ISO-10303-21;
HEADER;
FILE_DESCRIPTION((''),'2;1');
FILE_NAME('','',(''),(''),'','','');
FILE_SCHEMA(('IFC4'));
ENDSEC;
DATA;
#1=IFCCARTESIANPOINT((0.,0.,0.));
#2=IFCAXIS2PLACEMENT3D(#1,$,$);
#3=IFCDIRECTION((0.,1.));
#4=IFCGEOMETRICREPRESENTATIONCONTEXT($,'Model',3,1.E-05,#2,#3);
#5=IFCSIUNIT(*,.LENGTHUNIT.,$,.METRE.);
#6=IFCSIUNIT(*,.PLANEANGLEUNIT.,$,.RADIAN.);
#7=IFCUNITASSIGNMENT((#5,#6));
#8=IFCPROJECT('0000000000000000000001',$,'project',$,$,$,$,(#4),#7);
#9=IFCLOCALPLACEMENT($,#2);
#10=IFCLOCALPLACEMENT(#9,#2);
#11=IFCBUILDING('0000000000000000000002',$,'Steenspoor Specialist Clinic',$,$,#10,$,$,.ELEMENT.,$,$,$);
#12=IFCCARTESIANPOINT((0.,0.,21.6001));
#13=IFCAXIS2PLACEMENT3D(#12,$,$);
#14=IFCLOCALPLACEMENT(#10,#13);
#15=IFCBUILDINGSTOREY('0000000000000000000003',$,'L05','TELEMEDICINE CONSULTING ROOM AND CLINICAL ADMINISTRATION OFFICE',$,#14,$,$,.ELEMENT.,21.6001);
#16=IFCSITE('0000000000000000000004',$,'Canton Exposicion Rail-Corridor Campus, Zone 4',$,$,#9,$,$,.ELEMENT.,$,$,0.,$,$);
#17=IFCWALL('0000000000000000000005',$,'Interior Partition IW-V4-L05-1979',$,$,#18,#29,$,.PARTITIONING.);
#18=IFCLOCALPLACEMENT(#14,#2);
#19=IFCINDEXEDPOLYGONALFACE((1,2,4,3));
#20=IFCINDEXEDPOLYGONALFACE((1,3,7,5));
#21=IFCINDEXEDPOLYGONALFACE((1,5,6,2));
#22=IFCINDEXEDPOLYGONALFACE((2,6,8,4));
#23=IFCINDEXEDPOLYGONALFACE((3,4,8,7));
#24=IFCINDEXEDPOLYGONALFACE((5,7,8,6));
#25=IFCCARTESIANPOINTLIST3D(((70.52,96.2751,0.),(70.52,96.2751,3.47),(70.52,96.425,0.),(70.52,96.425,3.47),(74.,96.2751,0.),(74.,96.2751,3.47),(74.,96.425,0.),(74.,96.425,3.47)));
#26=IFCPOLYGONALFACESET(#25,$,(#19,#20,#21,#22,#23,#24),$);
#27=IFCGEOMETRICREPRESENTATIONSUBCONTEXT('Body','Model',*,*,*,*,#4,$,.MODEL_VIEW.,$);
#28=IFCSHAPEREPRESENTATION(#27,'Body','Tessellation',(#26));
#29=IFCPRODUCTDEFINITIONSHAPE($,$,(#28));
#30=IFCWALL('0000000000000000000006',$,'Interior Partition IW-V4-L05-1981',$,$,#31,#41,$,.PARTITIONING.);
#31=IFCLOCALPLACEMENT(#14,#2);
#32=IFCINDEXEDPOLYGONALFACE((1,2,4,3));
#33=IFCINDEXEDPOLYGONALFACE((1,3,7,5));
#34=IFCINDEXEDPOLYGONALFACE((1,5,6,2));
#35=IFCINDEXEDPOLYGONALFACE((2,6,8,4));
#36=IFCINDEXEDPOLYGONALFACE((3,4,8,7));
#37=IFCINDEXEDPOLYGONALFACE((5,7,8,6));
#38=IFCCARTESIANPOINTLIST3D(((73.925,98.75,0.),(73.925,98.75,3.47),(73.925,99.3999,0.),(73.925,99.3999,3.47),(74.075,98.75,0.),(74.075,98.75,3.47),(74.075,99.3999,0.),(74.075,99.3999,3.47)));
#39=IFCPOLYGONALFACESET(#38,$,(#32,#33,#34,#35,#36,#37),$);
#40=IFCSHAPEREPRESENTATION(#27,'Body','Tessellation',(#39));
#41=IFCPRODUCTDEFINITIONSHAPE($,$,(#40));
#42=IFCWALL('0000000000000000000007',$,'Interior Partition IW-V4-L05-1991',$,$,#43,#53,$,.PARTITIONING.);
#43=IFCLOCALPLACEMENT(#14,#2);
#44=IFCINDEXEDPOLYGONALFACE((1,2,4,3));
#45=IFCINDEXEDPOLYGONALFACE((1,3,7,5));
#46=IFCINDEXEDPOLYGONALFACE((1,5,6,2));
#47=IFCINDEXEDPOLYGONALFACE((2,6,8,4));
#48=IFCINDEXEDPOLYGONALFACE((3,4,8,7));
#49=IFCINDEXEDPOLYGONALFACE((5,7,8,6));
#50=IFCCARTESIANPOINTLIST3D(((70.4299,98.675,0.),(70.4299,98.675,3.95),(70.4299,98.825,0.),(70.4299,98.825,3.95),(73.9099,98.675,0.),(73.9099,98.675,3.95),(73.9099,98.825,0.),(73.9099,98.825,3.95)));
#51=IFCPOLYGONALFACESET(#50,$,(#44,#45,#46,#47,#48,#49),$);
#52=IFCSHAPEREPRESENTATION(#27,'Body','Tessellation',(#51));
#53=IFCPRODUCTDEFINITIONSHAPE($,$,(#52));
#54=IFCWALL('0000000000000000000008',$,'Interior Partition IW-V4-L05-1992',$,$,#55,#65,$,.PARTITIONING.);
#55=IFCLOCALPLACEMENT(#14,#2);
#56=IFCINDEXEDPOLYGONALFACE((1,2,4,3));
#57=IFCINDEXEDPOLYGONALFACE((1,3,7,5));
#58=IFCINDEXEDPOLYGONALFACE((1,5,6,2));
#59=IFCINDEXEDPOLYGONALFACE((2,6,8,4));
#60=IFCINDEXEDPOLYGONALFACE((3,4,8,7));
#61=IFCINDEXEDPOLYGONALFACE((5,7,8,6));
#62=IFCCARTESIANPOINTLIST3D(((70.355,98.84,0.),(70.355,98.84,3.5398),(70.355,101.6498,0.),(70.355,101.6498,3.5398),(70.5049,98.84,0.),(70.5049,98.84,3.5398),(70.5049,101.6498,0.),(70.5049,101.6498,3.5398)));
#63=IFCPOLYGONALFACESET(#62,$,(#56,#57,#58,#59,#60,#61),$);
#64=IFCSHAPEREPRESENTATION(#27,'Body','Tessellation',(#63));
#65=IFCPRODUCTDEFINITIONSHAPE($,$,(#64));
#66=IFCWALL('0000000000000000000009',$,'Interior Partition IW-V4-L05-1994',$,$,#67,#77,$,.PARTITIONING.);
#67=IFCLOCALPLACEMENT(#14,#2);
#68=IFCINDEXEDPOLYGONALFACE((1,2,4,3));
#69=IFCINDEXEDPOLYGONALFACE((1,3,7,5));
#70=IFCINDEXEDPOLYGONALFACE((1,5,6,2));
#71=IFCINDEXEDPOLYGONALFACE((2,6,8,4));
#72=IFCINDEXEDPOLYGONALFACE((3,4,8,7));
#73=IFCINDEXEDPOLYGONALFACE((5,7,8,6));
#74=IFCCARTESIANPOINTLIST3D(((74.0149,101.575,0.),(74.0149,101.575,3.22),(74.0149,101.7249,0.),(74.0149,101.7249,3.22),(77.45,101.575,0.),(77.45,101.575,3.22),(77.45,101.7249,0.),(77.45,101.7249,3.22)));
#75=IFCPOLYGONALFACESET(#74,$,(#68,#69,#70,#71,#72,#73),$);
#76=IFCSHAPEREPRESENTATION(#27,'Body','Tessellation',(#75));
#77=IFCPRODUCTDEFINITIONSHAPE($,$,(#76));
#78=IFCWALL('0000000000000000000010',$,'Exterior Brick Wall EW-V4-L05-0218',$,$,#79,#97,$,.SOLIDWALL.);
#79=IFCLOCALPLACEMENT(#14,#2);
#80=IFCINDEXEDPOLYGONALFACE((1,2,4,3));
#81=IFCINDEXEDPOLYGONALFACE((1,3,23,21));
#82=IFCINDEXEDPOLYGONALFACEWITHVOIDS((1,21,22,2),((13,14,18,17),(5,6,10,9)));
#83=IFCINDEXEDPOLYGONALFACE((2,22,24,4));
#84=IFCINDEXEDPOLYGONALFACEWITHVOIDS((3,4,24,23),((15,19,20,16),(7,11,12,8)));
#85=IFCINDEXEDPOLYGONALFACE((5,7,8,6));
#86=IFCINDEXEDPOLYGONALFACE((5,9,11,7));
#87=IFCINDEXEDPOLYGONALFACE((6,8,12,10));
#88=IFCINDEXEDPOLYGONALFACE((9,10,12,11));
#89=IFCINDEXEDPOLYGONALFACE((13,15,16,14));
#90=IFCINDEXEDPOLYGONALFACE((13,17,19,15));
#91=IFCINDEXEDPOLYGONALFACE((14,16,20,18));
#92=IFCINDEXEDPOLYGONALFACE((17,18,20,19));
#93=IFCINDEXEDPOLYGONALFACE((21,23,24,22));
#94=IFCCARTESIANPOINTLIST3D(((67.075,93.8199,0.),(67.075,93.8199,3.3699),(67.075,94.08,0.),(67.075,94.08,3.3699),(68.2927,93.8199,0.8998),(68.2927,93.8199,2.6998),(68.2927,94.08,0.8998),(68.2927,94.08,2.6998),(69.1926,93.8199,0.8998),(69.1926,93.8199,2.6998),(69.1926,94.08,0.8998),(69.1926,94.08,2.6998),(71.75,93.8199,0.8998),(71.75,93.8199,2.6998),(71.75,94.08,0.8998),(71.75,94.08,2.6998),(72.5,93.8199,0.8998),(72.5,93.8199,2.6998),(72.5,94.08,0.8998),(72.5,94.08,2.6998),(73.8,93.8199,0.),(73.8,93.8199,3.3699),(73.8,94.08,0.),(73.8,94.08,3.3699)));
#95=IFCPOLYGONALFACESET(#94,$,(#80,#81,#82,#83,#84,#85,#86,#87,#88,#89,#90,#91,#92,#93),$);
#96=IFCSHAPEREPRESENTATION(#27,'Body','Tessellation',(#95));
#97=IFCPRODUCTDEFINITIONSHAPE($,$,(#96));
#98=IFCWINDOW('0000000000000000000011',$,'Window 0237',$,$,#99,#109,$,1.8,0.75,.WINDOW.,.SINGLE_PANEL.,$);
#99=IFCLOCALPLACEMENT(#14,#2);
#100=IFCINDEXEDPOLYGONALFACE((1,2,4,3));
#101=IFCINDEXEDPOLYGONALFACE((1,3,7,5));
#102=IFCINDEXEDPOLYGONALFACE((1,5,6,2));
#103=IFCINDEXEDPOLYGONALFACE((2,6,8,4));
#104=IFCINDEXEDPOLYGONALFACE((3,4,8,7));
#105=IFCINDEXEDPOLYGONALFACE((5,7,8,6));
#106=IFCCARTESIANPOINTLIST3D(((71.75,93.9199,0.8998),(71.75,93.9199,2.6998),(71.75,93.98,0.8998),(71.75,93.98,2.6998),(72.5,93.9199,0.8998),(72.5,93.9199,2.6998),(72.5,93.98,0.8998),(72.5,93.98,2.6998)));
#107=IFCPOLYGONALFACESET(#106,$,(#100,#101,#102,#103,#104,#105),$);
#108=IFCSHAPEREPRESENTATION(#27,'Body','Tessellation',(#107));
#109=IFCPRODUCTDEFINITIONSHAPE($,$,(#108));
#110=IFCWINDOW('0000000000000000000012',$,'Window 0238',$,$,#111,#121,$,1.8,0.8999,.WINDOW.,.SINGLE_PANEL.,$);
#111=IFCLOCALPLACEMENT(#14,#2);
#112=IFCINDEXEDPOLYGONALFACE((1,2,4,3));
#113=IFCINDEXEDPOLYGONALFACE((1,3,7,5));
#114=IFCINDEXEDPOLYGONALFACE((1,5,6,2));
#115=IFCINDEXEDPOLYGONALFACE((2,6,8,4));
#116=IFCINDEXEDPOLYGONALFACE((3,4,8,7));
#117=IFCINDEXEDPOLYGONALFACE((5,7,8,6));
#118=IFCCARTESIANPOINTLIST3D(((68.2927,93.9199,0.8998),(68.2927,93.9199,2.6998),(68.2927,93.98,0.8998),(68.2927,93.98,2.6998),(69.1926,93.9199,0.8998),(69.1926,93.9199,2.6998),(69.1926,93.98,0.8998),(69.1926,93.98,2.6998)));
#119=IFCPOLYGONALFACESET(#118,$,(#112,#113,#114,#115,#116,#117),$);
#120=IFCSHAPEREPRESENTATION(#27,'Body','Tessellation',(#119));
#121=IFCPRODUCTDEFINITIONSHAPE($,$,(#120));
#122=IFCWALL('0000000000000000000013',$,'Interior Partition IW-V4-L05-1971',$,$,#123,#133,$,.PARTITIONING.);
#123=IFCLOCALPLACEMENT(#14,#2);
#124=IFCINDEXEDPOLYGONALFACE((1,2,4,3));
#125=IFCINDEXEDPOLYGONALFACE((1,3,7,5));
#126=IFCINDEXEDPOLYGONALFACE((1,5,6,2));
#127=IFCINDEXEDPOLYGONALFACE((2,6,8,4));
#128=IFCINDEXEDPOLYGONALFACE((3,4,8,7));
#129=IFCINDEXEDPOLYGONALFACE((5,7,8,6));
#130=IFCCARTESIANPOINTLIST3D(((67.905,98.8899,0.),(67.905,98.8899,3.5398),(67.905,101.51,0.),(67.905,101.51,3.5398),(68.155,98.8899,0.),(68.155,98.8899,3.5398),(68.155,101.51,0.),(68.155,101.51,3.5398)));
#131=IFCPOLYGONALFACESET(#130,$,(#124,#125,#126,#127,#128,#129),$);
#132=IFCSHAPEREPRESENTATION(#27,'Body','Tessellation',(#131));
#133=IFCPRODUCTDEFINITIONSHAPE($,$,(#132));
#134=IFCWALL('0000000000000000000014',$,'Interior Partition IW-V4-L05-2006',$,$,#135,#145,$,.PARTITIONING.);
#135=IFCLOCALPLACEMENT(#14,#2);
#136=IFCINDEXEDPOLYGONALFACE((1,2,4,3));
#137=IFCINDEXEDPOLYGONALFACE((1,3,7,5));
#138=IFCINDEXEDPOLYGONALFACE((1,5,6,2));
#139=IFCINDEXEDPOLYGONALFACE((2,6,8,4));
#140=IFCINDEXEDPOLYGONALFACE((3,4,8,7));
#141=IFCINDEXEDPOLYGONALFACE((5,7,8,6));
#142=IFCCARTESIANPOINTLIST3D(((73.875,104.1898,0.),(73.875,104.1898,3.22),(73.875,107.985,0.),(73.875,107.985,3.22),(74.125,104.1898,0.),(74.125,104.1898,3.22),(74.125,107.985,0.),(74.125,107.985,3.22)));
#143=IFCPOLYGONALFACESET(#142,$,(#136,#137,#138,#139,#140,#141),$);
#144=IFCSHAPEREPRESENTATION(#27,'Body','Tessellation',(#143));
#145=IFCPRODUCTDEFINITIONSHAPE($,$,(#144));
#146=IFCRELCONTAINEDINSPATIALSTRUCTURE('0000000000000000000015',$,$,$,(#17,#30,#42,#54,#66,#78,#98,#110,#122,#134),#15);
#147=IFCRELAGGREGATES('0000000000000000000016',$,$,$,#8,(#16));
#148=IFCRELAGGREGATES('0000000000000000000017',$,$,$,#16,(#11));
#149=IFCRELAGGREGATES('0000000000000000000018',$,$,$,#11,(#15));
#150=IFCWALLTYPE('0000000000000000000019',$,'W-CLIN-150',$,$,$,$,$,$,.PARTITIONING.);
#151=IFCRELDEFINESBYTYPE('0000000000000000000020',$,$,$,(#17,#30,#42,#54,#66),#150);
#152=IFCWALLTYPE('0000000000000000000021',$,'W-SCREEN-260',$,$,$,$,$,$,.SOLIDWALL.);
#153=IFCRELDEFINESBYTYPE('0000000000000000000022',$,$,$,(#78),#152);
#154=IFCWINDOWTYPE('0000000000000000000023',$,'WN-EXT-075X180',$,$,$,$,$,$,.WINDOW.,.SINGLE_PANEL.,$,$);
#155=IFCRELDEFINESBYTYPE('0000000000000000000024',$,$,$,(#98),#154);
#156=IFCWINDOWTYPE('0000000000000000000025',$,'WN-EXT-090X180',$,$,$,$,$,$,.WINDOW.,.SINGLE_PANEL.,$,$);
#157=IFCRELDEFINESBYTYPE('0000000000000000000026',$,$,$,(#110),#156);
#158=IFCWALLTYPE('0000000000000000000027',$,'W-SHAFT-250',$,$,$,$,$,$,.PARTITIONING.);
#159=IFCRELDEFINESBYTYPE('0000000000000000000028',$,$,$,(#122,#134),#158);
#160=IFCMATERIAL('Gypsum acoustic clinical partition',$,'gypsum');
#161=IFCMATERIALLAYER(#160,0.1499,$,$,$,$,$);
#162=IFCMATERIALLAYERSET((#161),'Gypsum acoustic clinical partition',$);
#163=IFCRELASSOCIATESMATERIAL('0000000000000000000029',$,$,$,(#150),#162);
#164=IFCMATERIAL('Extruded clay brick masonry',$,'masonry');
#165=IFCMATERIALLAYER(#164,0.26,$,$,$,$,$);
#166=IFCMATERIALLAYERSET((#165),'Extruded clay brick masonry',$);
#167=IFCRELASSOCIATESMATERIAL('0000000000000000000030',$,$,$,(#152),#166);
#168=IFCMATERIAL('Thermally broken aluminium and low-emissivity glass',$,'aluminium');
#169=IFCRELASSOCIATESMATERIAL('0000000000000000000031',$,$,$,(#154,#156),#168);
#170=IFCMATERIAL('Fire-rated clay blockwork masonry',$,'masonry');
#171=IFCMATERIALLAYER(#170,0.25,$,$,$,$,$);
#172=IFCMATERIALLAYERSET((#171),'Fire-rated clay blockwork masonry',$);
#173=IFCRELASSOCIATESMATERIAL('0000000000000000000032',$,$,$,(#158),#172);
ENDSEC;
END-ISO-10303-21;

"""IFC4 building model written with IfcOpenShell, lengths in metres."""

from ifc_helpers import new_model, si_unit, direction, frame, frame_2d, origin, place, context, subcontext, project, spatial, rectangle, extrude, material, layer, layer_set, type_object, element, fill, save


model = new_model("IFC4")

# Units and contexts
model_context = context("Model", 3, precision=1e-05, world=origin(), true_north=direction((0.0, 1.0)))
body_context = subcontext(model_context, "Body", "Model", "MODEL_VIEW")
ifc_project = project(units=[si_unit("LENGTHUNIT", "METRE"), si_unit("PLANEANGLEUNIT", "RADIAN")], contexts=[model_context])

# Site, building, storey
site_placement = place(None, origin())
site = spatial("IfcSite", under=ifc_project, at=site_placement, Name="Canton Exposicion Rail-Corridor Campus, Zone 4", CompositionType="ELEMENT", RefElevation=0.0)
building_placement = place(site_placement, origin())
building = spatial("IfcBuilding", under=site, at=building_placement, Name="Steenspoor Specialist Clinic", CompositionType="ELEMENT")
storey_placement = place(building_placement, frame((0.0, 0.0, 21.6001)))
storey = spatial("IfcBuildingStorey", under=building, at=storey_placement, Name="L05", Description="TELEMEDICINE CONSULTING ROOM AND CLINICAL ADMINISTRATION OFFICE", CompositionType="ELEMENT", Elevation=21.6001)

# Shared definitions
ifc_material_1 = material(Name="Thermally broken aluminium and low-emissivity glass", Category="aluminium")

# Walls
ifc_material_2 = material(Name="Gypsum acoustic clinical partition", Category="gypsum")
ifc_layer_1 = layer(ifc_material_2, 0.1499)
ifc_layer_set_1 = layer_set([ifc_layer_1], Name="Gypsum acoustic clinical partition")
wall_type_1 = type_object("IfcWallType", Name="W-CLIN-150", PredefinedType="PARTITIONING", material=ifc_layer_set_1)
wall_1_placement = place(storey_placement, frame((70.52, 96.3501, 0.0), z_axis=(0.0, 0.0, 1.0), x_axis=(1.0, 0.0, 0.0)))
element("IfcWall", 1, at=wall_1_placement, inside=storey, type_object=wall_type_1, Name="Interior Partition IW-V4-L05-1979", PredefinedType="PARTITIONING", context=body_context, shape_type="SweptSolid", body=[
    extrude(rectangle(XDim=3.48, YDim=0.1499, at=frame_2d((1.74, 0.0))), origin(), (0.0, 0.0, 1.0), 3.47),
])
wall_2_placement = place(storey_placement, frame((74.0, 98.75, 0.0), z_axis=(0.0, 0.0, 1.0), x_axis=(0.0, 1.0, 0.0)))
element("IfcWall", 2, at=wall_2_placement, inside=storey, type_object=wall_type_1, Name="Interior Partition IW-V4-L05-1981", PredefinedType="PARTITIONING", context=body_context, shape_type="SweptSolid", body=[
    extrude(rectangle(XDim=0.6499, YDim=0.1499, at=frame_2d((0.325, 0.0))), origin(), (0.0, 0.0, 1.0), 3.47),
])
wall_3_placement = place(storey_placement, frame((70.4299, 98.75, 0.0), z_axis=(0.0, 0.0, 1.0), x_axis=(1.0, 0.0, 0.0)))
element("IfcWall", 3, at=wall_3_placement, inside=storey, type_object=wall_type_1, Name="Interior Partition IW-V4-L05-1991", PredefinedType="PARTITIONING", context=body_context, shape_type="SweptSolid", body=[
    extrude(rectangle(XDim=3.48, YDim=0.1499, at=frame_2d((1.74, 0.0))), origin(), (0.0, 0.0, 1.0), 3.95),
])
wall_4_placement = place(storey_placement, frame((70.4299, 98.8401, 0.0), z_axis=(0.0, 0.0, 1.0), x_axis=(0.0, 1.0, 0.0)))
element("IfcWall", 4, at=wall_4_placement, inside=storey, type_object=wall_type_1, Name="Interior Partition IW-V4-L05-1992", PredefinedType="PARTITIONING", context=body_context, shape_type="SweptSolid", body=[
    extrude(rectangle(XDim=2.8098, YDim=0.1499, at=frame_2d((1.4048, 0.0))), origin(), (0.0, 0.0, 1.0), 3.5398),
])

# Wall
wall_5_placement = place(storey_placement, frame((74.0149, 101.6499, 0.0), z_axis=(0.0, 0.0, 1.0), x_axis=(1.0, 0.0, 0.0)))
element("IfcWall", 5, at=wall_5_placement, inside=storey, type_object=wall_type_1, Name="Interior Partition IW-V4-L05-1994", PredefinedType="PARTITIONING", context=body_context, shape_type="SweptSolid", body=[
    extrude(rectangle(XDim=3.4351, YDim=0.1499, at=frame_2d((1.7175, 0.0))), origin(), (0.0, 0.0, 1.0), 3.22),
])

# Wall, openings, windows
ifc_material_3 = material(Name="Extruded clay brick masonry", Category="masonry")
ifc_layer_2 = layer(ifc_material_3, 0.26)
ifc_layer_set_2 = layer_set([ifc_layer_2], Name="Extruded clay brick masonry")
wall_type_2 = type_object("IfcWallType", Name="W-SCREEN-260", PredefinedType="SOLIDWALL", material=ifc_layer_set_2)
wall_6_placement = place(storey_placement, frame((73.8, 93.95, 0.0), z_axis=(0.0, 0.0, 1.0), x_axis=(-1.0, 0.0, 0.0)))
wall_6 = element("IfcWall", 6, at=wall_6_placement, inside=storey, type_object=wall_type_2, Name="Exterior Brick Wall EW-V4-L05-0218", PredefinedType="SOLIDWALL", context=body_context, shape_type="SweptSolid", body=[
    extrude(rectangle(XDim=6.7251, YDim=0.26, at=frame_2d((3.3625, 0.0))), origin(), (0.0, 0.0, 1.0), 3.3699),
])
opening_1_placement = place(wall_6_placement, frame((1.3, 0.0, 0.8999)))
opening_1 = element("IfcOpeningElement", 7, at=opening_1_placement, cuts=wall_6, PredefinedType="OPENING", context=body_context, shape_type="SweptSolid", body=[
    extrude(rectangle(XDim=0.75, YDim=1.8, at=frame_2d((0.375, 0.8999))), frame((0.0, 0.1401, 0.0), z_axis=(0.0, -1.0, 0.0), x_axis=(1.0, 0.0, 0.0)), (0.0, 0.0, 1.0), 0.28),
])
opening_2_placement = place(wall_6_placement, frame((4.6074, 0.0, 0.8999)))
opening_2 = element("IfcOpeningElement", 8, at=opening_2_placement, cuts=wall_6, PredefinedType="OPENING", context=body_context, shape_type="SweptSolid", body=[
    extrude(rectangle(XDim=0.8999, YDim=1.8, at=frame_2d((0.45, 0.8999))), frame((0.0, 0.1401, 0.0), z_axis=(0.0, -1.0, 0.0), x_axis=(1.0, 0.0, 0.0)), (0.0, 0.0, 1.0), 0.28),
])
window_type_1 = type_object("IfcWindowType", Name="WN-EXT-075X180", PartitioningType="SINGLE_PANEL", PredefinedType="WINDOW", material=ifc_material_1)
window_1_placement = place(opening_1_placement, origin())
window_1 = element("IfcWindow", 9, at=window_1_placement, inside=storey, type_object=window_type_1, Name="Window 0237", OverallHeight=1.8, OverallWidth=0.75, PartitioningType="SINGLE_PANEL", PredefinedType="WINDOW", context=body_context, shape_type="SweptSolid", body=[
    extrude(rectangle(XDim=0.75, YDim=1.8, at=frame_2d((0.375, 0.8999))), frame((0.0, 0.03, 0.0), z_axis=(0.0, -1.0, 0.0), x_axis=(1.0, 0.0, 0.0)), (0.0, 0.0, 1.0), 0.0601),
])
fill(opening_1, window_1)
window_type_2 = type_object("IfcWindowType", Name="WN-EXT-090X180", PartitioningType="SINGLE_PANEL", PredefinedType="WINDOW", material=ifc_material_1)
window_2_placement = place(opening_2_placement, origin())
window_2 = element("IfcWindow", 10, at=window_2_placement, inside=storey, type_object=window_type_2, Name="Window 0238", OverallHeight=1.8, OverallWidth=0.8999, PartitioningType="SINGLE_PANEL", PredefinedType="WINDOW", context=body_context, shape_type="SweptSolid", body=[
    extrude(rectangle(XDim=0.8999, YDim=1.8, at=frame_2d((0.45, 0.8999))), frame((0.0, 0.03, 0.0), z_axis=(0.0, -1.0, 0.0), x_axis=(1.0, 0.0, 0.0)), (0.0, 0.0, 1.0), 0.0601),
])
fill(opening_2, window_2)

# Walls
ifc_material_4 = material(Name="Fire-rated clay blockwork masonry", Category="masonry")
ifc_layer_3 = layer(ifc_material_4, 0.25)
ifc_layer_set_3 = layer_set([ifc_layer_3], Name="Fire-rated clay blockwork masonry")
wall_type_3 = type_object("IfcWallType", Name="W-SHAFT-250", PredefinedType="PARTITIONING", material=ifc_layer_set_3)
wall_7_placement = place(storey_placement, frame((68.03, 98.8899, 0.0), z_axis=(0.0, 0.0, 1.0), x_axis=(0.0, 1.0, 0.0)))
element("IfcWall", 11, at=wall_7_placement, inside=storey, type_object=wall_type_3, Name="Interior Partition IW-V4-L05-1971", PredefinedType="PARTITIONING", context=body_context, shape_type="SweptSolid", body=[
    extrude(rectangle(XDim=2.6201, YDim=0.25, at=frame_2d((1.3101, 0.0))), origin(), (0.0, 0.0, 1.0), 3.5398),
])
wall_8_placement = place(storey_placement, frame((74.0, 104.1899, 0.0), z_axis=(0.0, 0.0, 1.0), x_axis=(0.0, 1.0, 0.0)))
element("IfcWall", 12, at=wall_8_placement, inside=storey, type_object=wall_type_3, Name="Interior Partition IW-V4-L05-2006", PredefinedType="PARTITIONING", context=body_context, shape_type="SweptSolid", body=[
    extrude(rectangle(XDim=3.7952, YDim=0.25, at=frame_2d((1.8975, 0.0))), origin(), (0.0, 0.0, 1.0), 3.22),
])

save(model, "model.ifc")
